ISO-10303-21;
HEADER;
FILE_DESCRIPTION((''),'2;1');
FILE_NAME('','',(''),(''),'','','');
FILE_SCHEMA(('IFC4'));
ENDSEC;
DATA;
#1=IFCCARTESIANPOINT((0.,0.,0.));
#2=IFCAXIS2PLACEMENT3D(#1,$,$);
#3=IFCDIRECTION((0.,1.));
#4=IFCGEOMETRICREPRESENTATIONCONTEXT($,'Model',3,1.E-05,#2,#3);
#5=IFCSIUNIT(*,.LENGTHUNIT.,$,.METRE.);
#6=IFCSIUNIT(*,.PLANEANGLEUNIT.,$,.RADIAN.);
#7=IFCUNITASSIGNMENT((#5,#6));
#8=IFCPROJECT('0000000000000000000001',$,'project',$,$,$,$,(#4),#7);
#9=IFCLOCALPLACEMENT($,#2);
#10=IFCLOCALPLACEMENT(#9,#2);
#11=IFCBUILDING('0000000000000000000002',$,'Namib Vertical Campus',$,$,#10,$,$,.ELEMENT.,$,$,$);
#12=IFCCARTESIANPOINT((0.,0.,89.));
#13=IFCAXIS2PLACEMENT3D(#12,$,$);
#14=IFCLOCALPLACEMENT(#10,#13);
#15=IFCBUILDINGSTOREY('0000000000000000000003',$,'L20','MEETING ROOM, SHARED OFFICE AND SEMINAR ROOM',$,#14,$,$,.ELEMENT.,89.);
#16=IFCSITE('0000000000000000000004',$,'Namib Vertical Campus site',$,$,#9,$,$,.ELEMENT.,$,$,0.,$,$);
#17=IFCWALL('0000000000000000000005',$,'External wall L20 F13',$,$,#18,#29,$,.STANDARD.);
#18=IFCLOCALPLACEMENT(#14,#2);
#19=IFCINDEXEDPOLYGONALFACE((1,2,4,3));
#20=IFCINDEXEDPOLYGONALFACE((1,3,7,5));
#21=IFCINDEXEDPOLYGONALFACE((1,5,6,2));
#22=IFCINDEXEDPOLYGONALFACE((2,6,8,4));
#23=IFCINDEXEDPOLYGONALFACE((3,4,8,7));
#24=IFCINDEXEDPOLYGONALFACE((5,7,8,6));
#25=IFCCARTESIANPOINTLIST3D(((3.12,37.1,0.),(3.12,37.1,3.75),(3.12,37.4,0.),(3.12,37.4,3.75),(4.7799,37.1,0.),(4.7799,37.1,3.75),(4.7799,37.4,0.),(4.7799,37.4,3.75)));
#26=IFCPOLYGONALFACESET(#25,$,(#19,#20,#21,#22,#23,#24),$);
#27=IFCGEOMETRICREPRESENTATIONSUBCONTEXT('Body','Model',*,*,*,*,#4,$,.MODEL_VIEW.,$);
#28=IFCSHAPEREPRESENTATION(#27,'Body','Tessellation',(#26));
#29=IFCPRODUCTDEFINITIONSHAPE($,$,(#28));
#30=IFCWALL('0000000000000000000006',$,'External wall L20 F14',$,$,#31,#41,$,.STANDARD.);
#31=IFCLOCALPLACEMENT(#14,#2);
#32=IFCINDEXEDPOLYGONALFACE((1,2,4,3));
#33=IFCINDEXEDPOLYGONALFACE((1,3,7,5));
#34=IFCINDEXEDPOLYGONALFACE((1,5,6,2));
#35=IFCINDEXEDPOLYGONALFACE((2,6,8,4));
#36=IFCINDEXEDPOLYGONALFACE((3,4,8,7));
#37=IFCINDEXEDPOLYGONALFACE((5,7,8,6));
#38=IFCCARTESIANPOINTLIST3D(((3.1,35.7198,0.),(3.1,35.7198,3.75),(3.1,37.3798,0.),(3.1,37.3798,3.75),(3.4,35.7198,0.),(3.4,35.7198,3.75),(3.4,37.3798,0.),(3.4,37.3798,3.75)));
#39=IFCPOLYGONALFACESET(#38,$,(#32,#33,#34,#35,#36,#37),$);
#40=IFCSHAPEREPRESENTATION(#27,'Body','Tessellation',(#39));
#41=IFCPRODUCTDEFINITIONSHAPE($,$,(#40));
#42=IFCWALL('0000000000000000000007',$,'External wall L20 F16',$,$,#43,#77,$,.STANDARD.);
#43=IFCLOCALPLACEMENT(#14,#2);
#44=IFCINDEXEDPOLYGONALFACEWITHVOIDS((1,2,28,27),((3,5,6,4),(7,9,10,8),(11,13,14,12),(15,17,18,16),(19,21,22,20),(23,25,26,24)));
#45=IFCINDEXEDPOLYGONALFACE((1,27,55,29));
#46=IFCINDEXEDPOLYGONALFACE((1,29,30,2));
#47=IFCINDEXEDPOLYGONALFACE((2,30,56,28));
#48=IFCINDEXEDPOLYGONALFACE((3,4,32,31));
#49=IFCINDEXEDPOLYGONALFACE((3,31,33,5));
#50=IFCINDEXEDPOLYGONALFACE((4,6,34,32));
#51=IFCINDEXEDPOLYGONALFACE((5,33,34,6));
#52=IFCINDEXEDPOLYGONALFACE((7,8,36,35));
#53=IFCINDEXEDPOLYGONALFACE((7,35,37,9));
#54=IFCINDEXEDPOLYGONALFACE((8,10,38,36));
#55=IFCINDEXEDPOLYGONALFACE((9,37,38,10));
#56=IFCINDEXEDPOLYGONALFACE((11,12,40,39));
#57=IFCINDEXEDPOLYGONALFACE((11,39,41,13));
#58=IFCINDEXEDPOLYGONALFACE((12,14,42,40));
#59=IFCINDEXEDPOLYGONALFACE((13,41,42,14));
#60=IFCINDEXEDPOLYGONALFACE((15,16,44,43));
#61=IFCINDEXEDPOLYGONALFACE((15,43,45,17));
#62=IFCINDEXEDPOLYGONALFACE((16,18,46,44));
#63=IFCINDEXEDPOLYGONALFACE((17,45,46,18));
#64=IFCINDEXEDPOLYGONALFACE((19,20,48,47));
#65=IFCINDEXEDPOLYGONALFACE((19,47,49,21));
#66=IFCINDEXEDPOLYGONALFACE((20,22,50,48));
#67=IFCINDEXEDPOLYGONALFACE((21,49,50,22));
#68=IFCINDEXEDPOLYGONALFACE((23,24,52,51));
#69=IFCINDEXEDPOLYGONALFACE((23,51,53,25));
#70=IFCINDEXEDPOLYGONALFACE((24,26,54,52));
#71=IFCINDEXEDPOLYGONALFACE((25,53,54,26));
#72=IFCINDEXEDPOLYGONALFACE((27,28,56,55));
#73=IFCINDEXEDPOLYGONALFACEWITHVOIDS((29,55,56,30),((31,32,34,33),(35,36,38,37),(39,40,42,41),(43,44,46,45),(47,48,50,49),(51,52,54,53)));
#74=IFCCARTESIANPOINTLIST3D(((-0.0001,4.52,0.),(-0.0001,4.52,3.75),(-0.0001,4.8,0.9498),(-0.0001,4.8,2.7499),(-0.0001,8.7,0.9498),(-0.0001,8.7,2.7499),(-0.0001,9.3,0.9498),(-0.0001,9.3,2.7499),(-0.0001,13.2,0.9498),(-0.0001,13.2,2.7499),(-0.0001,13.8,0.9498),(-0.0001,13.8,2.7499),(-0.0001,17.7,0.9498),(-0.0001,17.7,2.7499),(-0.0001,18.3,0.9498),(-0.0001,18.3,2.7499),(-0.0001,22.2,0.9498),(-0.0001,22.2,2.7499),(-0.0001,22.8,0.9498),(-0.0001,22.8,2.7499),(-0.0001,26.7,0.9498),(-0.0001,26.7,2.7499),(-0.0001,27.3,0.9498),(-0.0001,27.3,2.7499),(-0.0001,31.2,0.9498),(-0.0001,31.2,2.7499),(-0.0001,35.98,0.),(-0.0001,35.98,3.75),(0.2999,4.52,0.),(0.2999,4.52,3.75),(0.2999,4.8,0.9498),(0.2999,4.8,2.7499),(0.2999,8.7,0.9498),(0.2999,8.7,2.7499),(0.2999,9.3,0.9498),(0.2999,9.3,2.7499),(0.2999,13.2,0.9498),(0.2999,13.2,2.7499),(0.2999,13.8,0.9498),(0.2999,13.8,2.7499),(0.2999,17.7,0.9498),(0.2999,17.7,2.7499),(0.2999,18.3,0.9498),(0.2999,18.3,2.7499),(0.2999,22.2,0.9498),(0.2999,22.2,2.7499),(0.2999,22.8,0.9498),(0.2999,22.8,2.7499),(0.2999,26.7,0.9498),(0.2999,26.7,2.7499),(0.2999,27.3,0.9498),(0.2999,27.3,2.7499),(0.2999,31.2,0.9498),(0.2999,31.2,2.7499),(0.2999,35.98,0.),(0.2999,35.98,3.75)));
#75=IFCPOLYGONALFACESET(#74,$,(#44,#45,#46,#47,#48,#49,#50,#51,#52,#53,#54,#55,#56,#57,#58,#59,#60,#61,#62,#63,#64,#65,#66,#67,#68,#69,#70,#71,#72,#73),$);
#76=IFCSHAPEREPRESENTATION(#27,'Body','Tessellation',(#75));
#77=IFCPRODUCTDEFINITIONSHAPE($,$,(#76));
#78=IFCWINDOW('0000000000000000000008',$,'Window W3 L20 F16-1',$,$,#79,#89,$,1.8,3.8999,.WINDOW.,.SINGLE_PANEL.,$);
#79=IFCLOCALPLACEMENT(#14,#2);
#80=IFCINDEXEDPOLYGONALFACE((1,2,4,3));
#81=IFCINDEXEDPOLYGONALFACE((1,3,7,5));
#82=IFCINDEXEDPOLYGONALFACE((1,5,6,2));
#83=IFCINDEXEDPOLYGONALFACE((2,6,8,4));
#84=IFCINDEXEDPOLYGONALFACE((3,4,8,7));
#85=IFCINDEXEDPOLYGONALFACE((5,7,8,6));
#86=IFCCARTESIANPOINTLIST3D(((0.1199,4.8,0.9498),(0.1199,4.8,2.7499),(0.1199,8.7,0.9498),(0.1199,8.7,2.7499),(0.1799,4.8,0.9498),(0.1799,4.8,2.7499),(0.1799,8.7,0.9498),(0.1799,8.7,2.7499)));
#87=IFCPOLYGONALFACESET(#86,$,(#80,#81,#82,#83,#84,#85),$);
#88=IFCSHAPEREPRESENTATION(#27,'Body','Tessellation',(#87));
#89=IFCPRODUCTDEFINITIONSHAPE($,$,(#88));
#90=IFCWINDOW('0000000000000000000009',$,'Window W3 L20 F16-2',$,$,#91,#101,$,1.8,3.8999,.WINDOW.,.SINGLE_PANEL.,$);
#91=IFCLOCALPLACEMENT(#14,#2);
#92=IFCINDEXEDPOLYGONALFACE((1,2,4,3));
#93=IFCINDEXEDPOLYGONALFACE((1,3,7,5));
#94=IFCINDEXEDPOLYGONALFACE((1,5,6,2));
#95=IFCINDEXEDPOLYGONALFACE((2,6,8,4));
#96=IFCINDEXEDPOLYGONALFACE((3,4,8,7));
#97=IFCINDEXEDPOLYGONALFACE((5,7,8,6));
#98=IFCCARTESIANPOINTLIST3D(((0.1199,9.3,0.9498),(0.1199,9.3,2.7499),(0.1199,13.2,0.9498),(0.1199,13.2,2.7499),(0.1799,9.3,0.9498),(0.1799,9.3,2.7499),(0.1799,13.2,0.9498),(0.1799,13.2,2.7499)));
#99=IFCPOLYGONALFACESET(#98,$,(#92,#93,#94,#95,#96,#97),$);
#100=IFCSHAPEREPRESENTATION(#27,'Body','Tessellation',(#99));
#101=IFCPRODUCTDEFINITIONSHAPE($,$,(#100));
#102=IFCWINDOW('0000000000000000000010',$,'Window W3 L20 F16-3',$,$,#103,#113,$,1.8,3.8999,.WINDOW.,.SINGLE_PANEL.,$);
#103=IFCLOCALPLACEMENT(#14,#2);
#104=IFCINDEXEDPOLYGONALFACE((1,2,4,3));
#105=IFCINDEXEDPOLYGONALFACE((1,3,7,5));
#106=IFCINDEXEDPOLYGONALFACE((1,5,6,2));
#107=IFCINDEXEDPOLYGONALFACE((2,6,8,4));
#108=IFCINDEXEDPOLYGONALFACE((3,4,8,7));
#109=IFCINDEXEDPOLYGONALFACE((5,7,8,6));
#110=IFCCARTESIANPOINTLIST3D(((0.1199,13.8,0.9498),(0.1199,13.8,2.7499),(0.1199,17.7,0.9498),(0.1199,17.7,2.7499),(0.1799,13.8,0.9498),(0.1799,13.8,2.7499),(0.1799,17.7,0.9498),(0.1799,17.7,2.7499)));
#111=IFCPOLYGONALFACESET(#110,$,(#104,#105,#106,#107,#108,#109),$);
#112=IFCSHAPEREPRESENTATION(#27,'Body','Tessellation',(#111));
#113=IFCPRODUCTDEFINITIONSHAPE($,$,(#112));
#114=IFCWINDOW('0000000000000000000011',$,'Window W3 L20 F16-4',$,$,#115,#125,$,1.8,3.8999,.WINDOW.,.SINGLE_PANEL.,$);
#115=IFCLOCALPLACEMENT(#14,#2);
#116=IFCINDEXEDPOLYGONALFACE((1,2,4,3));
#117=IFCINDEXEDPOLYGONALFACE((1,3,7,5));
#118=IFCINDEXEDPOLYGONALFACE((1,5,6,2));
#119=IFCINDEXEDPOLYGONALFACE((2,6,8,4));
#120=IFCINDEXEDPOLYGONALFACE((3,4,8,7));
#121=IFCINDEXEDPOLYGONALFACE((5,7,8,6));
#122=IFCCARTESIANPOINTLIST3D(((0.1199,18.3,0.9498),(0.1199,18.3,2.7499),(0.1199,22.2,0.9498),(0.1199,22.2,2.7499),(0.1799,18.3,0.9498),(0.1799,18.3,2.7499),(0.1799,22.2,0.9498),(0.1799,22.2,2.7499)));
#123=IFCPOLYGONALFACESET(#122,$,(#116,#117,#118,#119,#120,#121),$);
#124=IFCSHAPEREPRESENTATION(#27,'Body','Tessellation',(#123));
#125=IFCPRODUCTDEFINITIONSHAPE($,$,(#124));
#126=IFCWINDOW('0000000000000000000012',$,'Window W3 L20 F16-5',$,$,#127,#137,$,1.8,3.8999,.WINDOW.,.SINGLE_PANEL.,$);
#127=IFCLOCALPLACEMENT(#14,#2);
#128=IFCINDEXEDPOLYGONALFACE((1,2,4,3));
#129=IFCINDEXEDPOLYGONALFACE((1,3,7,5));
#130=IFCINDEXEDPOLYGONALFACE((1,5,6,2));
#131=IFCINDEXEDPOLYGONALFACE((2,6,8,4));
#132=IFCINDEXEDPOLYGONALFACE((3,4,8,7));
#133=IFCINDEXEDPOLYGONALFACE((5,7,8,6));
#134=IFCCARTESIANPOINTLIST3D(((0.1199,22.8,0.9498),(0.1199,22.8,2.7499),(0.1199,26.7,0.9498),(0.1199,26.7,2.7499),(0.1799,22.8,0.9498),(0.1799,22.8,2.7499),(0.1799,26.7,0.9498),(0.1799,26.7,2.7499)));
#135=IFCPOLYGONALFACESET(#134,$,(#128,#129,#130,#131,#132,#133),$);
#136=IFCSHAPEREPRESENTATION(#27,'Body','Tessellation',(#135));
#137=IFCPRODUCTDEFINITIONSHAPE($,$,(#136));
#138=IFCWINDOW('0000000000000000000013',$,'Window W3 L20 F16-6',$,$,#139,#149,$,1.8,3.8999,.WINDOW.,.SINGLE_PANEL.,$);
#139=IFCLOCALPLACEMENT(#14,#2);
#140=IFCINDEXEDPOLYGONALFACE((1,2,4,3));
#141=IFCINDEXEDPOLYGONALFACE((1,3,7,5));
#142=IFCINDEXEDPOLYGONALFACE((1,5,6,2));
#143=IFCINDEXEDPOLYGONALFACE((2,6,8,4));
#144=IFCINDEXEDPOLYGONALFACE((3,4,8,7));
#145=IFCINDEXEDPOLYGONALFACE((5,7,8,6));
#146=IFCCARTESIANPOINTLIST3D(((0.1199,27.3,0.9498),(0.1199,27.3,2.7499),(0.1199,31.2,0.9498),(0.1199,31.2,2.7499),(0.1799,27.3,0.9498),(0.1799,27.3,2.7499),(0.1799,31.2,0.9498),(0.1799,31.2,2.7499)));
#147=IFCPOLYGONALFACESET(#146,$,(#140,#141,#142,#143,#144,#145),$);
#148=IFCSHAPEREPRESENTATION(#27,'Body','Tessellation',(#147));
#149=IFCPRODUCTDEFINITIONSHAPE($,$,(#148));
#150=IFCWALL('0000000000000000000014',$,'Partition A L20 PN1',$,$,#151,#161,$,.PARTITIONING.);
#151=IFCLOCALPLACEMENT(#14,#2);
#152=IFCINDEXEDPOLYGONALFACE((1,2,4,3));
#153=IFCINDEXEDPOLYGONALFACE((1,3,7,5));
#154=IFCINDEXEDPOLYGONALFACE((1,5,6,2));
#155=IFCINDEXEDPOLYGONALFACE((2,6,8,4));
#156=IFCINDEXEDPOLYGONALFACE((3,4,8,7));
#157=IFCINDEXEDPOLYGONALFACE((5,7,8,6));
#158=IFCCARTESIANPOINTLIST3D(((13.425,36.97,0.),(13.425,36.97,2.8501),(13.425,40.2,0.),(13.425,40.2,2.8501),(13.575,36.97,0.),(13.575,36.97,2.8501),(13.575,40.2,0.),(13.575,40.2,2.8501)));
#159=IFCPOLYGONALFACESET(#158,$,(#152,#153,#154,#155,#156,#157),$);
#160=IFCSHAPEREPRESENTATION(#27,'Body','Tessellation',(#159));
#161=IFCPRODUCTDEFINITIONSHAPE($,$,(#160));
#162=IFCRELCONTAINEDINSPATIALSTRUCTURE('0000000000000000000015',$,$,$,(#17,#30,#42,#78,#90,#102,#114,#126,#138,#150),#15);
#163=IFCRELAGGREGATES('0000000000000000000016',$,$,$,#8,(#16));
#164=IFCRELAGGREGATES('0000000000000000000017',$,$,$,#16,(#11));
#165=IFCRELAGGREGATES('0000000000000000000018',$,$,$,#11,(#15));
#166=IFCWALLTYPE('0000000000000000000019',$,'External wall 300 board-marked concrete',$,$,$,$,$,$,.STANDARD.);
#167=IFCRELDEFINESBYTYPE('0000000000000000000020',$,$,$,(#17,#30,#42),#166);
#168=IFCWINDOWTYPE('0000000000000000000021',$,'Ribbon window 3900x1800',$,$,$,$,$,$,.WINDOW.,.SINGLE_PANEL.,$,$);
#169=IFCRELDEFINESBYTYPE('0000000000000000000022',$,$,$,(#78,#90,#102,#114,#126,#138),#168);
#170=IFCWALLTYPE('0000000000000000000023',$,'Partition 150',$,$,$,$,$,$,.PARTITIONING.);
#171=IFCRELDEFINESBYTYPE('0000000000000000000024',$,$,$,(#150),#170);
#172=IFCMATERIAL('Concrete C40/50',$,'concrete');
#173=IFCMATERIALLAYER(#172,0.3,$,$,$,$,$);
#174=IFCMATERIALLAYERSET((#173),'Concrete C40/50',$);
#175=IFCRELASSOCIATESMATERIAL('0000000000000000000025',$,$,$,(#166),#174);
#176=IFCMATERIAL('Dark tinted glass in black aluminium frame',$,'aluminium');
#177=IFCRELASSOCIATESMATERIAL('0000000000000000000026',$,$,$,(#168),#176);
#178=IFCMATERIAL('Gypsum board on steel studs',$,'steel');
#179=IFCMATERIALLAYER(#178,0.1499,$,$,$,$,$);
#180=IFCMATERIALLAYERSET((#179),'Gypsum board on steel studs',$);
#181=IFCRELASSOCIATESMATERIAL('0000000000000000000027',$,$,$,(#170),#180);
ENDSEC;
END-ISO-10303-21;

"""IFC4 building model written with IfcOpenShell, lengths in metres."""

from ifc_helpers import new_model, si_unit, direction, frame, frame_2d, origin, place, context, subcontext, project, spatial, rectangle, extrude, material, layer, layer_set, type_object, element, fill, save


model = new_model("IFC4")

# Units and contexts
model_context = context("Model", 3, precision=1e-05, world=origin(), true_north=direction((0.0, 1.0)))
body_context = subcontext(model_context, "Body", "Model", "MODEL_VIEW")
ifc_project = project(units=[si_unit("LENGTHUNIT", "METRE"), si_unit("PLANEANGLEUNIT", "RADIAN")], contexts=[model_context])

# Site, building, storey
site_placement = place(None, origin())
site = spatial("IfcSite", under=ifc_project, at=site_placement, Name="Namib Vertical Campus site", CompositionType="ELEMENT", RefElevation=0.0)
building_placement = place(site_placement, origin())
building = spatial("IfcBuilding", under=site, at=building_placement, Name="Namib Vertical Campus", CompositionType="ELEMENT")
storey_placement = place(building_placement, frame((0.0, 0.0, 89.0)))
storey = spatial("IfcBuildingStorey", under=building, at=storey_placement, Name="L20", Description="MEETING ROOM, SHARED OFFICE AND SEMINAR ROOM", CompositionType="ELEMENT", Elevation=89.0)

# Walls
ifc_material_1 = material(Name="Concrete C40/50", Category="concrete")
ifc_layer_1 = layer(ifc_material_1, 0.3)
ifc_layer_set_1 = layer_set([ifc_layer_1], Name="Concrete C40/50")
wall_type_1 = type_object("IfcWallType", Name="External wall 300 board-marked concrete", PredefinedType="STANDARD", material=ifc_layer_set_1)
for number, where, z_axis, x_axis, name in (
    (1, (4.78, 37.25, 0.0), (0.0, 0.0, 1.0), (-1.0, 0.0, 0.0), "External wall L20 F13"),
    (2, (3.25, 37.3799, 0.0), (0.0, 0.0, 1.0), (0.0, -1.0, 0.0), "External wall L20 F14"),
):
    element("IfcWall", number, at=place(storey_placement, frame(where, z_axis=z_axis, x_axis=x_axis)), inside=storey, type_object=wall_type_1, Name=name, PredefinedType="STANDARD", context=body_context, shape_type="SweptSolid", body=[
        extrude(rectangle(XDim=1.6599, YDim=0.3, at=frame_2d((0.8301, 0.0))), origin(), (0.0, 0.0, 1.0), 3.75),
    ])

# Wall, openings, windows
wall_1_placement = place(storey_placement, frame((0.1499, 35.98, 0.0), z_axis=(0.0, 0.0, 1.0), x_axis=(0.0, -1.0, 0.0)))
wall_1 = element("IfcWall", 3, at=wall_1_placement, inside=storey, type_object=wall_type_1, Name="External wall L20 F16", PredefinedType="STANDARD", context=body_context, shape_type="SweptSolid", body=[
    extrude(rectangle(XDim=31.46, YDim=0.3, at=frame_2d((15.73, 0.0))), origin(), (0.0, 0.0, 1.0), 3.75),
])
opening_1_placement = place(wall_1_placement, frame((27.28, 0.0, 0.95)))
opening_1 = element("IfcOpeningElement", 4, at=opening_1_placement, cuts=wall_1, PredefinedType="OPENING", context=body_context, shape_type="SweptSolid", body=[
    extrude(rectangle(XDim=3.8999, YDim=1.8, at=frame_2d((1.95, 0.8999))), frame((0.0, 0.1599, 0.0), z_axis=(0.0, -1.0, 0.0), x_axis=(1.0, 0.0, 0.0)), (0.0, 0.0, 1.0), 0.3201),
])
opening_2_placement = place(wall_1_placement, frame((22.78, 0.0, 0.95)))
opening_2 = element("IfcOpeningElement", 5, at=opening_2_placement, cuts=wall_1, PredefinedType="OPENING", context=body_context, shape_type="SweptSolid", body=[
    extrude(rectangle(XDim=3.8999, YDim=1.8, at=frame_2d((1.95, 0.8999))), frame((0.0, 0.1599, 0.0), z_axis=(0.0, -1.0, 0.0), x_axis=(1.0, 0.0, 0.0)), (0.0, 0.0, 1.0), 0.3201),
])
opening_3_placement = place(wall_1_placement, frame((18.28, 0.0, 0.95)))
opening_3 = element("IfcOpeningElement", 6, at=opening_3_placement, cuts=wall_1, PredefinedType="OPENING", context=body_context, shape_type="SweptSolid", body=[
    extrude(rectangle(XDim=3.8999, YDim=1.8, at=frame_2d((1.95, 0.8999))), frame((0.0, 0.1599, 0.0), z_axis=(0.0, -1.0, 0.0), x_axis=(1.0, 0.0, 0.0)), (0.0, 0.0, 1.0), 0.3201),
])
opening_4_placement = place(wall_1_placement, frame((13.78, 0.0, 0.95)))
opening_4 = element("IfcOpeningElement", 7, at=opening_4_placement, cuts=wall_1, PredefinedType="OPENING", context=body_context, shape_type="SweptSolid", body=[
    extrude(rectangle(XDim=3.8999, YDim=1.8, at=frame_2d((1.95, 0.8999))), frame((0.0, 0.1599, 0.0), z_axis=(0.0, -1.0, 0.0), x_axis=(1.0, 0.0, 0.0)), (0.0, 0.0, 1.0), 0.3201),
])
opening_5_placement = place(wall_1_placement, frame((9.28, 0.0, 0.95)))
opening_5 = element("IfcOpeningElement", 8, at=opening_5_placement, cuts=wall_1, PredefinedType="OPENING", context=body_context, shape_type="SweptSolid", body=[
    extrude(rectangle(XDim=3.8999, YDim=1.8, at=frame_2d((1.95, 0.8999))), frame((0.0, 0.1599, 0.0), z_axis=(0.0, -1.0, 0.0), x_axis=(1.0, 0.0, 0.0)), (0.0, 0.0, 1.0), 0.3201),
])
opening_6_placement = place(wall_1_placement, frame((4.78, 0.0, 0.95)))
opening_6 = element("IfcOpeningElement", 9, at=opening_6_placement, cuts=wall_1, PredefinedType="OPENING", context=body_context, shape_type="SweptSolid", body=[
    extrude(rectangle(XDim=3.8999, YDim=1.8, at=frame_2d((1.95, 0.8999))), frame((0.0, 0.1599, 0.0), z_axis=(0.0, -1.0, 0.0), x_axis=(1.0, 0.0, 0.0)), (0.0, 0.0, 1.0), 0.3201),
])
ifc_material_2 = material(Name="Dark tinted glass in black aluminium frame", Category="aluminium")
window_type = type_object("IfcWindowType", Name="Ribbon window 3900x1800", PartitioningType="SINGLE_PANEL", PredefinedType="WINDOW", material=ifc_material_2)
window_1_placement = place(opening_1_placement, origin())
window_1 = element("IfcWindow", 10, at=window_1_placement, inside=storey, type_object=window_type, Name="Window W3 L20 F16-1", OverallHeight=1.8, OverallWidth=3.8999, PartitioningType="SINGLE_PANEL", PredefinedType="WINDOW", context=body_context, shape_type="SweptSolid", body=[
    extrude(rectangle(XDim=3.8999, YDim=1.8, at=frame_2d((1.95, 0.8999))), frame((0.0, 0.03, 0.0), z_axis=(0.0, -1.0, 0.0), x_axis=(1.0, 0.0, 0.0)), (0.0, 0.0, 1.0), 0.0601),
])
fill(opening_1, window_1)
window_2_placement = place(opening_2_placement, origin())
window_2 = element("IfcWindow", 11, at=window_2_placement, inside=storey, type_object=window_type, Name="Window W3 L20 F16-2", OverallHeight=1.8, OverallWidth=3.8999, PartitioningType="SINGLE_PANEL", PredefinedType="WINDOW", context=body_context, shape_type="SweptSolid", body=[
    extrude(rectangle(XDim=3.8999, YDim=1.8, at=frame_2d((1.95, 0.8999))), frame((0.0, 0.03, 0.0), z_axis=(0.0, -1.0, 0.0), x_axis=(1.0, 0.0, 0.0)), (0.0, 0.0, 1.0), 0.0601),
])
fill(opening_2, window_2)
window_3_placement = place(opening_3_placement, origin())
window_3 = element("IfcWindow", 12, at=window_3_placement, inside=storey, type_object=window_type, Name="Window W3 L20 F16-3", OverallHeight=1.8, OverallWidth=3.8999, PartitioningType="SINGLE_PANEL", PredefinedType="WINDOW", context=body_context, shape_type="SweptSolid", body=[
    extrude(rectangle(XDim=3.8999, YDim=1.8, at=frame_2d((1.95, 0.8999))), frame((0.0, 0.03, 0.0), z_axis=(0.0, -1.0, 0.0), x_axis=(1.0, 0.0, 0.0)), (0.0, 0.0, 1.0), 0.0601),
])
fill(opening_3, window_3)
window_4_placement = place(opening_4_placement, origin())
window_4 = element("IfcWindow", 13, at=window_4_placement, inside=storey, type_object=window_type, Name="Window W3 L20 F16-4", OverallHeight=1.8, OverallWidth=3.8999, PartitioningType="SINGLE_PANEL", PredefinedType="WINDOW", context=body_context, shape_type="SweptSolid", body=[
    extrude(rectangle(XDim=3.8999, YDim=1.8, at=frame_2d((1.95, 0.8999))), frame((0.0, 0.03, 0.0), z_axis=(0.0, -1.0, 0.0), x_axis=(1.0, 0.0, 0.0)), (0.0, 0.0, 1.0), 0.0601),
])
fill(opening_4, window_4)
window_5_placement = place(opening_5_placement, origin())
window_5 = element("IfcWindow", 14, at=window_5_placement, inside=storey, type_object=window_type, Name="Window W3 L20 F16-5", OverallHeight=1.8, OverallWidth=3.8999, PartitioningType="SINGLE_PANEL", PredefinedType="WINDOW", context=body_context, shape_type="SweptSolid", body=[
    extrude(rectangle(XDim=3.8999, YDim=1.8, at=frame_2d((1.95, 0.8999))), frame((0.0, 0.03, 0.0), z_axis=(0.0, -1.0, 0.0), x_axis=(1.0, 0.0, 0.0)), (0.0, 0.0, 1.0), 0.0601),
])
fill(opening_5, window_5)
window_6_placement = place(opening_6_placement, origin())
window_6 = element("IfcWindow", 15, at=window_6_placement, inside=storey, type_object=window_type, Name="Window W3 L20 F16-6", OverallHeight=1.8, OverallWidth=3.8999, PartitioningType="SINGLE_PANEL", PredefinedType="WINDOW", context=body_context, shape_type="SweptSolid", body=[
    extrude(rectangle(XDim=3.8999, YDim=1.8, at=frame_2d((1.95, 0.8999))), frame((0.0, 0.03, 0.0), z_axis=(0.0, -1.0, 0.0), x_axis=(1.0, 0.0, 0.0)), (0.0, 0.0, 1.0), 0.0601),
])
fill(opening_6, window_6)

# Wall
ifc_material_3 = material(Name="Gypsum board on steel studs", Category="steel")
ifc_layer_2 = layer(ifc_material_3, 0.1499)
ifc_layer_set_2 = layer_set([ifc_layer_2], Name="Gypsum board on steel studs")
wall_type_2 = type_object("IfcWallType", Name="Partition 150", PredefinedType="PARTITIONING", material=ifc_layer_set_2)
wall_2_placement = place(storey_placement, frame((13.5, 36.97, 0.0), z_axis=(0.0, 0.0, 1.0), x_axis=(0.0, 1.0, 0.0)))
element("IfcWall", 16, at=wall_2_placement, inside=storey, type_object=wall_type_2, Name="Partition A L20 PN1", PredefinedType="PARTITIONING", context=body_context, shape_type="SweptSolid", body=[
    extrude(rectangle(XDim=3.23, YDim=0.1499, at=frame_2d((1.615, 0.0))), origin(), (0.0, 0.0, 1.0), 2.8501),
])

save(model, "model.ifc")
